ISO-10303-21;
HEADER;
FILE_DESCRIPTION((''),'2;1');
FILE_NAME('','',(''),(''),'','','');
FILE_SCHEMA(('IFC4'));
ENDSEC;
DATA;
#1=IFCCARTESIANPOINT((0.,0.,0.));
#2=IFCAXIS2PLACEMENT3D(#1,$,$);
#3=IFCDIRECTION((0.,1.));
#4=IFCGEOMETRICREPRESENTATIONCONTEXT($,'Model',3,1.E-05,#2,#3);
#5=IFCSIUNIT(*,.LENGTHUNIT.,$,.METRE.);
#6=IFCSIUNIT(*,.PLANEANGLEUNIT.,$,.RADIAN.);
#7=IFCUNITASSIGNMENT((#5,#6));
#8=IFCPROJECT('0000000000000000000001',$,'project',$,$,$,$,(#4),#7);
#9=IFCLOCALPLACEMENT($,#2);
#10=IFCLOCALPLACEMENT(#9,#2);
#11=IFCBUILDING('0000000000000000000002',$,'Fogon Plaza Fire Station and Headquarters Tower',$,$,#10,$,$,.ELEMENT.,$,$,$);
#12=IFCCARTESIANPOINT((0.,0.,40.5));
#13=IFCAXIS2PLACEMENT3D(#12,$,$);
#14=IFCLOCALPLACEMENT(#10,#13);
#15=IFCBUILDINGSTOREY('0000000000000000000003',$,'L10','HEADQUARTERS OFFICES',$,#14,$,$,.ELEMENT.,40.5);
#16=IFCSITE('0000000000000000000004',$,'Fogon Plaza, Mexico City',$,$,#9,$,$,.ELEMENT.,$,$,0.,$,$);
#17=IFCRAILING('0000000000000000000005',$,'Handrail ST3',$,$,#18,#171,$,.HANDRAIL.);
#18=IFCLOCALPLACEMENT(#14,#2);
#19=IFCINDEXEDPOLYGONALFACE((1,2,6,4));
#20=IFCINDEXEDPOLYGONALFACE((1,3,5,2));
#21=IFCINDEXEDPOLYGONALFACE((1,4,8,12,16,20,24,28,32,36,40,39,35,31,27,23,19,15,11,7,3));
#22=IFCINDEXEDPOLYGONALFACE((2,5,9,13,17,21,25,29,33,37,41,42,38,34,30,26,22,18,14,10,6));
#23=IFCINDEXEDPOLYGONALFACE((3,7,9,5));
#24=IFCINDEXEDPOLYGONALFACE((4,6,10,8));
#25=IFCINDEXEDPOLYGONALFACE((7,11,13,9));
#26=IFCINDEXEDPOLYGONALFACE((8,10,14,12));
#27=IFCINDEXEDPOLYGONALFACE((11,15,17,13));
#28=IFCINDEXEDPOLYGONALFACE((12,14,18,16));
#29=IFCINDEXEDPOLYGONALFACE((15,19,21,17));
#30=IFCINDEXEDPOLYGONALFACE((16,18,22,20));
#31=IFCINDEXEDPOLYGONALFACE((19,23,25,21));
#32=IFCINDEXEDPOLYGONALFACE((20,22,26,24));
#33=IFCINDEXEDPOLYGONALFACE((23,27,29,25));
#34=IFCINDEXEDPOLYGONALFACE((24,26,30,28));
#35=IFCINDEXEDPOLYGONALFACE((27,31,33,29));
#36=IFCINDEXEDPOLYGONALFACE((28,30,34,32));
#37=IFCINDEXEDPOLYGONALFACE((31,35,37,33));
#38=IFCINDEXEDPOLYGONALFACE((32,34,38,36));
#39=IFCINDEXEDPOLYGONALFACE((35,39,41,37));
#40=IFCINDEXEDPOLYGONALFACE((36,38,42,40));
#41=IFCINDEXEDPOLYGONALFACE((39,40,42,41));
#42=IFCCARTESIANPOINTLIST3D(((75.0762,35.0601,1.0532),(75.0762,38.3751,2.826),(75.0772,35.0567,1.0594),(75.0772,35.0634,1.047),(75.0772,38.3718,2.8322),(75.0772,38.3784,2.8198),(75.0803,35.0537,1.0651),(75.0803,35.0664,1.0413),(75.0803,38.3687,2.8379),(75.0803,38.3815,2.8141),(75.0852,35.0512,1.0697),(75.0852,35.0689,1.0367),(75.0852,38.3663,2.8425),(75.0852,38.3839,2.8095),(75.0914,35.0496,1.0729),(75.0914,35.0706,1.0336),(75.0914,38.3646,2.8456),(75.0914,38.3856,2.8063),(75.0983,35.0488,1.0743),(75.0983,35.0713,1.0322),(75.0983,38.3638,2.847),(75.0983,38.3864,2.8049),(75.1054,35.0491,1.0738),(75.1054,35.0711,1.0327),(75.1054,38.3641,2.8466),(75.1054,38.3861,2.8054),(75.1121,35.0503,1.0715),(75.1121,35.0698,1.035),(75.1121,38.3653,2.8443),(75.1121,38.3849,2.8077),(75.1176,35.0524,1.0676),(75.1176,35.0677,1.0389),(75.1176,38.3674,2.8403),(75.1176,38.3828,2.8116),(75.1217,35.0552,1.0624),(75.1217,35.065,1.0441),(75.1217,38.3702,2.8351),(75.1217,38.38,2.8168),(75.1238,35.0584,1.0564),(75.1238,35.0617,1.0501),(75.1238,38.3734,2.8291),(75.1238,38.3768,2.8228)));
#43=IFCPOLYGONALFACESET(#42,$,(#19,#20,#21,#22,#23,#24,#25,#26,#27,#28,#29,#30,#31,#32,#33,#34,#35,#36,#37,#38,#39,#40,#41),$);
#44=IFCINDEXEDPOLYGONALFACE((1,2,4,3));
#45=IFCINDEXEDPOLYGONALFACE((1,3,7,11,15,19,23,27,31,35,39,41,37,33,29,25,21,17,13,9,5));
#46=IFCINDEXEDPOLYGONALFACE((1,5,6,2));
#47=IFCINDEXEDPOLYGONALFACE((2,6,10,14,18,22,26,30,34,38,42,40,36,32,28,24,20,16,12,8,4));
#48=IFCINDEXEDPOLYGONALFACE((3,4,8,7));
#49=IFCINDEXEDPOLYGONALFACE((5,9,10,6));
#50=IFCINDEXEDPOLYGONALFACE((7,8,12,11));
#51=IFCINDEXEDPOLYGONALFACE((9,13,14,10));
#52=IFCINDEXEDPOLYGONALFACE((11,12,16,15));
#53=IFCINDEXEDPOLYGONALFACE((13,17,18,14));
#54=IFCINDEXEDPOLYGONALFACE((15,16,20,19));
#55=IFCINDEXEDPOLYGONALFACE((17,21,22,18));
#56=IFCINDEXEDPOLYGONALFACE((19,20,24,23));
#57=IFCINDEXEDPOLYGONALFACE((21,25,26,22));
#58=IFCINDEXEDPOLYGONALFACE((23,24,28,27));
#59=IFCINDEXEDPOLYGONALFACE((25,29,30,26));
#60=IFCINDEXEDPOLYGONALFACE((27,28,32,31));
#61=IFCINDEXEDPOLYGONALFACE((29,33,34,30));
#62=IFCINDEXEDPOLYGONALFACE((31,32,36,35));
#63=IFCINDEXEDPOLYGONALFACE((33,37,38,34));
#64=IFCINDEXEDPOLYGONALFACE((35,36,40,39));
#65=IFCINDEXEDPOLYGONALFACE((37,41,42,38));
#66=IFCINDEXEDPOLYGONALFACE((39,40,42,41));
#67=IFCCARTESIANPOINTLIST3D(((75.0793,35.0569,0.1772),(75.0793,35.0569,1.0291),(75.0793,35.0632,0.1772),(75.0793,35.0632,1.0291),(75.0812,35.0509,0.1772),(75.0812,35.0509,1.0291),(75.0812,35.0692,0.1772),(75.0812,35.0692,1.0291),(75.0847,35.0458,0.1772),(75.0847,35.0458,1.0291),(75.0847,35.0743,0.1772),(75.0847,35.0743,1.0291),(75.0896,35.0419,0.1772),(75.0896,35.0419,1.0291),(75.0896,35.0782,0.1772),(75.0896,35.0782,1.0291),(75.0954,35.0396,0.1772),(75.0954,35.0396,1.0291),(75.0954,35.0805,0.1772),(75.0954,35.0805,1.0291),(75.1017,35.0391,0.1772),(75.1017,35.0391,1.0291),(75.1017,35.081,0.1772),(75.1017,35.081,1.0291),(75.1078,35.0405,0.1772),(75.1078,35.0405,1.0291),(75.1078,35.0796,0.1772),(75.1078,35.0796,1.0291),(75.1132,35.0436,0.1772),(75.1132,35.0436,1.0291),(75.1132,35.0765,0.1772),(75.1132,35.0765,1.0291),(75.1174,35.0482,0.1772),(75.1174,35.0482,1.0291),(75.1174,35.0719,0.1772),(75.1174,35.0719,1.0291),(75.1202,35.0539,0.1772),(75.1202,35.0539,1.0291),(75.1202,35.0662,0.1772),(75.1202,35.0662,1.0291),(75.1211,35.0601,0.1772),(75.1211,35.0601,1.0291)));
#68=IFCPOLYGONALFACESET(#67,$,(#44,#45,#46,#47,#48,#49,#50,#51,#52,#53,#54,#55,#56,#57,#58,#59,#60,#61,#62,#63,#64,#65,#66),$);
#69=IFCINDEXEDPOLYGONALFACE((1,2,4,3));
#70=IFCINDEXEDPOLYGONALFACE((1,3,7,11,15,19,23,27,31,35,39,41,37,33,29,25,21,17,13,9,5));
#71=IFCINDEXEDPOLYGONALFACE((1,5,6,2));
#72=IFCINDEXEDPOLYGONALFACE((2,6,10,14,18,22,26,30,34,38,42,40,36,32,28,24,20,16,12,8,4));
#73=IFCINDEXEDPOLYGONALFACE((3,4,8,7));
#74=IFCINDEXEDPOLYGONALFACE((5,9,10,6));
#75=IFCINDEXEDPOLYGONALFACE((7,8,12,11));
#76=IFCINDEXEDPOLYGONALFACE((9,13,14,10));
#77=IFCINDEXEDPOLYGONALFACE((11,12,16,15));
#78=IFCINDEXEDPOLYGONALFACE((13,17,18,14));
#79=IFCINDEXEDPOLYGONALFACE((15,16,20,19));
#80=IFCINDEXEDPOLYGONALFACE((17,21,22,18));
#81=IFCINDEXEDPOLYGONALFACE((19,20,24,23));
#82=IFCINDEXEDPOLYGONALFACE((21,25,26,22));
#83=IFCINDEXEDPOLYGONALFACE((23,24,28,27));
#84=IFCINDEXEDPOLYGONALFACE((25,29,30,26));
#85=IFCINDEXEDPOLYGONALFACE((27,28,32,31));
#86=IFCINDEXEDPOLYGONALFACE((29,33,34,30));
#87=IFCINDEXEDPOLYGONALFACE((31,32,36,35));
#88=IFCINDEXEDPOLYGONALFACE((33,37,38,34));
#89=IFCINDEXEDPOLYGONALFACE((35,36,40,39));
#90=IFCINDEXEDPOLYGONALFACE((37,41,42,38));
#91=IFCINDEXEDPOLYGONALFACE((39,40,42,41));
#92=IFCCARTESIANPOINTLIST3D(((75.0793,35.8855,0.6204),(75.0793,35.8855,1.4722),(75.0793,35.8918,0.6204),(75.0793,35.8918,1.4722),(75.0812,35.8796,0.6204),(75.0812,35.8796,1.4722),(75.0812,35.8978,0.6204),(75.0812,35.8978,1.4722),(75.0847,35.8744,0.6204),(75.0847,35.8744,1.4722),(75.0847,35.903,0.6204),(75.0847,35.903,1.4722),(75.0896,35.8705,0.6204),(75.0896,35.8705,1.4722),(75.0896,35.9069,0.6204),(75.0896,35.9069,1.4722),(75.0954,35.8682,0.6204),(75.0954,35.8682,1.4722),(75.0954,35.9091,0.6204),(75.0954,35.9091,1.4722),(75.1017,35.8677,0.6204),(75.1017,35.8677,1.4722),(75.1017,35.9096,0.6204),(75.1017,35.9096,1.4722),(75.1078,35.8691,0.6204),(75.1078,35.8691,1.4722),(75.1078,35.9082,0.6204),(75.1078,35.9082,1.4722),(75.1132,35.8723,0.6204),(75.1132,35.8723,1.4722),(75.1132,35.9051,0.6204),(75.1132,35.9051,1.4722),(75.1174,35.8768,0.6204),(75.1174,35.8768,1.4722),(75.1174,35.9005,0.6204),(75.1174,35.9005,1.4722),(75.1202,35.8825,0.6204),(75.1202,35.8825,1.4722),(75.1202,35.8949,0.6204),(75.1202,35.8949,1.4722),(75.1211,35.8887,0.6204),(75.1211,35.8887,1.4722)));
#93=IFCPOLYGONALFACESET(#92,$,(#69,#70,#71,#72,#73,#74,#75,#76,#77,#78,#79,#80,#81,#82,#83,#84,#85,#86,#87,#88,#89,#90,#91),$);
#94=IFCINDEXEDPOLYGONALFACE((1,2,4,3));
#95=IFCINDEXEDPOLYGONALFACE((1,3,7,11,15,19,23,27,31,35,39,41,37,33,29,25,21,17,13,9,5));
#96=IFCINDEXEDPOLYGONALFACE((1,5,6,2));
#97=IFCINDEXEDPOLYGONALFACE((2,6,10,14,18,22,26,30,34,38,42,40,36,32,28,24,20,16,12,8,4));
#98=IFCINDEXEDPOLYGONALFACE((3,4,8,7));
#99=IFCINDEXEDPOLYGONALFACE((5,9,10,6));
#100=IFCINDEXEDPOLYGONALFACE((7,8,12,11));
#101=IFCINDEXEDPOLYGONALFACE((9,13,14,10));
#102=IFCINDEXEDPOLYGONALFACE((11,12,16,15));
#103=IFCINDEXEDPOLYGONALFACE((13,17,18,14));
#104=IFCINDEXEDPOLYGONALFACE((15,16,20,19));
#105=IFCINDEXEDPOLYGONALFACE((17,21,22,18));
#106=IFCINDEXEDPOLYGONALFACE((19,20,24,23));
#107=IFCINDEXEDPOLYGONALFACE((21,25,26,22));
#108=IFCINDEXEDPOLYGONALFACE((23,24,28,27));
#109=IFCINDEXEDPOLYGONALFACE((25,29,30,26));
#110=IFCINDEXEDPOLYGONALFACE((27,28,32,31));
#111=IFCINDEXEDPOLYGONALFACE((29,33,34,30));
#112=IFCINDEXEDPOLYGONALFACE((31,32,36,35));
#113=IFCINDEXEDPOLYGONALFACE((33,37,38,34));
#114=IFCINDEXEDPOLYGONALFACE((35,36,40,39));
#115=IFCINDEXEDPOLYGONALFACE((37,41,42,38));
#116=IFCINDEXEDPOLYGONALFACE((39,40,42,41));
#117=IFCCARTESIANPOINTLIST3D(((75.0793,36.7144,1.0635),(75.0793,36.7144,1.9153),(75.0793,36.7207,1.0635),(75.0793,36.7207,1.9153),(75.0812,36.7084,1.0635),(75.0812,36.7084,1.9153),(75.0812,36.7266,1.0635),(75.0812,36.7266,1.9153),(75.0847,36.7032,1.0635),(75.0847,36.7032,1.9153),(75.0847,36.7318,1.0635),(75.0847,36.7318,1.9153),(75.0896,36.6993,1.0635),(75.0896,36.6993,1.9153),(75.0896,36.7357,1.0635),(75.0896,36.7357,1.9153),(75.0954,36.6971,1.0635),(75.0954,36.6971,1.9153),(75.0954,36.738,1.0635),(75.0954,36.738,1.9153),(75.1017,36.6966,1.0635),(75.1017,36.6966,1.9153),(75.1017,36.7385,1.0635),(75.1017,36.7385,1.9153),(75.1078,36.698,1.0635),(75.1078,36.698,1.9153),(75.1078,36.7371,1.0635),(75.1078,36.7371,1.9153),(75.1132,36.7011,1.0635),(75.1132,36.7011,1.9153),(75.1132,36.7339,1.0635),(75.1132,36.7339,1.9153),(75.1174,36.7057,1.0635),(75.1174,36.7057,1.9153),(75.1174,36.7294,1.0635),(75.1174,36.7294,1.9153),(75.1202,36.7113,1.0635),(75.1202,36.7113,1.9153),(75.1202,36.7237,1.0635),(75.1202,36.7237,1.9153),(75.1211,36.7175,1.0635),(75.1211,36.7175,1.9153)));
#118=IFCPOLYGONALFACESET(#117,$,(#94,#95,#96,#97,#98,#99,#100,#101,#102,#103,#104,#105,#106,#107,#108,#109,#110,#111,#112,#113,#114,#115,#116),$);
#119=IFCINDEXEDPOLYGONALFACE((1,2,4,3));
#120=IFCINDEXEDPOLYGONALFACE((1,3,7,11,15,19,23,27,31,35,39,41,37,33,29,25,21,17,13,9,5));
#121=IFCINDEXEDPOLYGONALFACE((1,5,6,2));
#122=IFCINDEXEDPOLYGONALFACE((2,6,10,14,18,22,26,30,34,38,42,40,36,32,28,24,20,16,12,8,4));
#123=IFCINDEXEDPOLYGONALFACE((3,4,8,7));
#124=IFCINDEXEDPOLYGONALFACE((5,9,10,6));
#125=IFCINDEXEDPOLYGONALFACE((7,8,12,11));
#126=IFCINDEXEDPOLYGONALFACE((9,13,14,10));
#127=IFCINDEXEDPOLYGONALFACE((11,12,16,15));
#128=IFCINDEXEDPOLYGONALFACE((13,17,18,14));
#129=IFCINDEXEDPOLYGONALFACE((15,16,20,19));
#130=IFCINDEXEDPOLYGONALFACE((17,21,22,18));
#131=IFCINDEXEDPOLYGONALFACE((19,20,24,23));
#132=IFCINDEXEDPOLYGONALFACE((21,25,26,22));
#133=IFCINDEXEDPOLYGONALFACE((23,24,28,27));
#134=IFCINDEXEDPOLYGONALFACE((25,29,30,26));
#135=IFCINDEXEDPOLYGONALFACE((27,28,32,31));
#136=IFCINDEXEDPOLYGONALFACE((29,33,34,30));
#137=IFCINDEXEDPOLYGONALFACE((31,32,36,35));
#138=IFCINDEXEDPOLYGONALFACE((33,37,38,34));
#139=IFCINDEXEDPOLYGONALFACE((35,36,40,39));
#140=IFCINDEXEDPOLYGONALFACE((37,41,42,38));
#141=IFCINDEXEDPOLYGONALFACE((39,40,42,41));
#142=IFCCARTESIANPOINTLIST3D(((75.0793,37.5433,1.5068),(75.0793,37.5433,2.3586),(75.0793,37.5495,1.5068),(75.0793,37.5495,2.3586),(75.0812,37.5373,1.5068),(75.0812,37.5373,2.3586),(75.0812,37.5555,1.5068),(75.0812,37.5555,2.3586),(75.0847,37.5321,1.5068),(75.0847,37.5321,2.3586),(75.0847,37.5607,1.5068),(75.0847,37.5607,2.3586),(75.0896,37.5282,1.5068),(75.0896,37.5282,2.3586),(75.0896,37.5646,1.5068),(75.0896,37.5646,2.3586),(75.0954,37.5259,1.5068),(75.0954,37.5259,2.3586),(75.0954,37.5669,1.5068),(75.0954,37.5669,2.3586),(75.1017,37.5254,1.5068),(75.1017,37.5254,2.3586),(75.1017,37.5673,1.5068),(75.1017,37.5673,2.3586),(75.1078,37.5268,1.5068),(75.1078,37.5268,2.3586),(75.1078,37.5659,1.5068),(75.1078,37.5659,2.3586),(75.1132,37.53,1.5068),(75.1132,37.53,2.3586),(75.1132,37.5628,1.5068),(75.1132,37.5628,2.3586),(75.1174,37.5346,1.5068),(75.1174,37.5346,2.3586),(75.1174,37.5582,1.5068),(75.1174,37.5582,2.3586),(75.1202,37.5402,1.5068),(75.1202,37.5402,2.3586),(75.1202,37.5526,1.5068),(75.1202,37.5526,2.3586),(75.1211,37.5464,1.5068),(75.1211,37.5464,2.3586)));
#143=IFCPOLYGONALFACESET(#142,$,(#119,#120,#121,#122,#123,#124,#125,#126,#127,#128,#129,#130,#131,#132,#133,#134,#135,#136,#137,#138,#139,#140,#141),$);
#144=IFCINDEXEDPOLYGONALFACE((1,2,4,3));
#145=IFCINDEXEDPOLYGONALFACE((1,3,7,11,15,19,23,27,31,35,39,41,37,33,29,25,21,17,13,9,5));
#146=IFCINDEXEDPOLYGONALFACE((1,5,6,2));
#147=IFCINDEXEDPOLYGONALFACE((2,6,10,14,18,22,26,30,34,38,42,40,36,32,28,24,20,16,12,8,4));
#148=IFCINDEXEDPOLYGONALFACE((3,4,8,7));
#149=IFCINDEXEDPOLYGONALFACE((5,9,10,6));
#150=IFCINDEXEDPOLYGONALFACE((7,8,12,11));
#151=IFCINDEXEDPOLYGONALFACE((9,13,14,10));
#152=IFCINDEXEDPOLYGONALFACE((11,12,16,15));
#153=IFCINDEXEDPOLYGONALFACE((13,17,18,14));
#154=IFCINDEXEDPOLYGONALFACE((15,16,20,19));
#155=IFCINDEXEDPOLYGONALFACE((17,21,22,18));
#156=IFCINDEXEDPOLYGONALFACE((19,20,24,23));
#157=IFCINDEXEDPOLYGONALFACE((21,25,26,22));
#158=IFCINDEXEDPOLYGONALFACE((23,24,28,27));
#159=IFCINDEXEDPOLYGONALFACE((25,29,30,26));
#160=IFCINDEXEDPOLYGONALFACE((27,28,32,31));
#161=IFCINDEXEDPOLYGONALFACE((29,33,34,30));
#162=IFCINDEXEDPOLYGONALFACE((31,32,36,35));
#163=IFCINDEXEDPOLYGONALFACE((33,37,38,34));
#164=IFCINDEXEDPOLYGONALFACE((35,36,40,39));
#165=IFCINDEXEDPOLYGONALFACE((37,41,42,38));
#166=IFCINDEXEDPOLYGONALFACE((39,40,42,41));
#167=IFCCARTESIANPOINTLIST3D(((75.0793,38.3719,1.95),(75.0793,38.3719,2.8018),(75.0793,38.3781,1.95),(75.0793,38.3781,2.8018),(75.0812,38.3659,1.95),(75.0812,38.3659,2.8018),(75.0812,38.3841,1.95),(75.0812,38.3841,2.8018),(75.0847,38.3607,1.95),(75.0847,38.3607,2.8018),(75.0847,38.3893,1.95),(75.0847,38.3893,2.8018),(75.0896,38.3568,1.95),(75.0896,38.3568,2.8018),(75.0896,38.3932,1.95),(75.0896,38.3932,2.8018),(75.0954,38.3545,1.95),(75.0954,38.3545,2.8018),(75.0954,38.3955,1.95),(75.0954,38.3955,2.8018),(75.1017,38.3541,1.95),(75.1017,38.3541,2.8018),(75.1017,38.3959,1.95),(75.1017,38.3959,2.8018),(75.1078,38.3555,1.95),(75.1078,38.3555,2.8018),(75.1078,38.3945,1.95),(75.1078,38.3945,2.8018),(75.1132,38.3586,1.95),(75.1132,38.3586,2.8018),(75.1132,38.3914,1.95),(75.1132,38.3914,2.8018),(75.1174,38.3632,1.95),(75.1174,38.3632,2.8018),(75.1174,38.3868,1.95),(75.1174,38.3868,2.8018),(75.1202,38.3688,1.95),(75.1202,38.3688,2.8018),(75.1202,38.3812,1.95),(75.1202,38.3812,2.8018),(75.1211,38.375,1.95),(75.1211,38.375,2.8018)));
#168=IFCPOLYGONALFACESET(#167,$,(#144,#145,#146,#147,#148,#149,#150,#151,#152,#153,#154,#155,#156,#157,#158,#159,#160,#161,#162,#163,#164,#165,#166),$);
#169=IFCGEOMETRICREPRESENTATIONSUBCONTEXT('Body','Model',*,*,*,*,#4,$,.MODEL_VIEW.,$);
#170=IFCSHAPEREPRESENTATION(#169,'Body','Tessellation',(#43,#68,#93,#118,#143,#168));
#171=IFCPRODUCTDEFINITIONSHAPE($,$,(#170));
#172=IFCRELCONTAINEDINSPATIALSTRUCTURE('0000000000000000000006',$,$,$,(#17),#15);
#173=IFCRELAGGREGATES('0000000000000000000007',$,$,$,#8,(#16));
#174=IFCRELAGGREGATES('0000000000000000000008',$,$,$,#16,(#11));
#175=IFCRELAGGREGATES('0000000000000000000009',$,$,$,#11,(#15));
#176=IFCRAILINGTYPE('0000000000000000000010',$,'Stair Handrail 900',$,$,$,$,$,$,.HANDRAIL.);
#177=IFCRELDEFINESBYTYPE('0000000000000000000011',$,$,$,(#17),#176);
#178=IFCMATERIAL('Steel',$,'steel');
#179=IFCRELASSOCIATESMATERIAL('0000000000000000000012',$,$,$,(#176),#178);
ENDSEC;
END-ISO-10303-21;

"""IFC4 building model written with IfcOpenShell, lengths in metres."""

from ifc_helpers import new_model, si_unit, direction, frame, origin, origin_2d, place, context, subcontext, project, spatial, circle, extrude, material, type_object, element, save


model = new_model("IFC4")

# Units and contexts
model_context = context("Model", 3, precision=1e-05, world=origin(), true_north=direction((0.0, 1.0)))
body_context = subcontext(model_context, "Body", "Model", "MODEL_VIEW")
ifc_project = project(units=[si_unit("LENGTHUNIT", "METRE"), si_unit("PLANEANGLEUNIT", "RADIAN")], contexts=[model_context])

# Site, building, storey
site_placement = place(None, origin())
site = spatial("IfcSite", under=ifc_project, at=site_placement, Name="Fogon Plaza, Mexico City", CompositionType="ELEMENT", RefElevation=0.0)
building_placement = place(site_placement, origin())
building = spatial("IfcBuilding", under=site, at=building_placement, Name="Fogon Plaza Fire Station and Headquarters Tower", CompositionType="ELEMENT")
storey_placement = place(building_placement, frame((0.0, 0.0, 40.5)))
storey = spatial("IfcBuildingStorey", under=building, at=storey_placement, Name="L10", Description="HEADQUARTERS OFFICES", CompositionType="ELEMENT", Elevation=40.5)

# Railing
ifc_material_1 = material(Name="Steel", Category="steel")
railing_type = type_object("IfcRailingType", Name="Stair Handrail 900", PredefinedType="HANDRAIL", material=ifc_material_1)
for number, where, name in (
    (1, (75.1001, 35.0601, 0.1772), "Handrail ST3"),
):
    element("IfcRailing", number, at=place(storey_placement, frame(where)), inside=storey, type_object=railing_type, Name=name, PredefinedType="HANDRAIL", context=body_context, shape_type="SweptSolid", body=[
        extrude(circle(Radius=0.0239, at=origin_2d()), frame((0.0, 0.0, 0.876), z_axis=(0.0, 0.881829, 0.471569), x_axis=(-1.0, 0.0, 0.0)), (0.0, 0.0, 1.0), 3.7593),
        extrude(circle(Radius=0.021, at=origin_2d()), origin(), (0.0, 0.0, 1.0), 0.8518),
        extrude(circle(Radius=0.021, at=origin_2d()), frame((0.0, 0.8286, 0.4431)), (0.0, 0.0, 1.0), 0.8518),
        extrude(circle(Radius=0.021, at=origin_2d()), frame((0.0, 1.6575, 0.8862)), (0.0, 0.0, 1.0), 0.8518),
        extrude(circle(Radius=0.021, at=origin_2d()), frame((0.0, 2.4863, 1.3296)), (0.0, 0.0, 1.0), 0.8518),
        extrude(circle(Radius=0.021, at=origin_2d()), frame((0.0, 3.3149, 1.7727)), (0.0, 0.0, 1.0), 0.8518),
    ])

save(model, "model.ifc")
